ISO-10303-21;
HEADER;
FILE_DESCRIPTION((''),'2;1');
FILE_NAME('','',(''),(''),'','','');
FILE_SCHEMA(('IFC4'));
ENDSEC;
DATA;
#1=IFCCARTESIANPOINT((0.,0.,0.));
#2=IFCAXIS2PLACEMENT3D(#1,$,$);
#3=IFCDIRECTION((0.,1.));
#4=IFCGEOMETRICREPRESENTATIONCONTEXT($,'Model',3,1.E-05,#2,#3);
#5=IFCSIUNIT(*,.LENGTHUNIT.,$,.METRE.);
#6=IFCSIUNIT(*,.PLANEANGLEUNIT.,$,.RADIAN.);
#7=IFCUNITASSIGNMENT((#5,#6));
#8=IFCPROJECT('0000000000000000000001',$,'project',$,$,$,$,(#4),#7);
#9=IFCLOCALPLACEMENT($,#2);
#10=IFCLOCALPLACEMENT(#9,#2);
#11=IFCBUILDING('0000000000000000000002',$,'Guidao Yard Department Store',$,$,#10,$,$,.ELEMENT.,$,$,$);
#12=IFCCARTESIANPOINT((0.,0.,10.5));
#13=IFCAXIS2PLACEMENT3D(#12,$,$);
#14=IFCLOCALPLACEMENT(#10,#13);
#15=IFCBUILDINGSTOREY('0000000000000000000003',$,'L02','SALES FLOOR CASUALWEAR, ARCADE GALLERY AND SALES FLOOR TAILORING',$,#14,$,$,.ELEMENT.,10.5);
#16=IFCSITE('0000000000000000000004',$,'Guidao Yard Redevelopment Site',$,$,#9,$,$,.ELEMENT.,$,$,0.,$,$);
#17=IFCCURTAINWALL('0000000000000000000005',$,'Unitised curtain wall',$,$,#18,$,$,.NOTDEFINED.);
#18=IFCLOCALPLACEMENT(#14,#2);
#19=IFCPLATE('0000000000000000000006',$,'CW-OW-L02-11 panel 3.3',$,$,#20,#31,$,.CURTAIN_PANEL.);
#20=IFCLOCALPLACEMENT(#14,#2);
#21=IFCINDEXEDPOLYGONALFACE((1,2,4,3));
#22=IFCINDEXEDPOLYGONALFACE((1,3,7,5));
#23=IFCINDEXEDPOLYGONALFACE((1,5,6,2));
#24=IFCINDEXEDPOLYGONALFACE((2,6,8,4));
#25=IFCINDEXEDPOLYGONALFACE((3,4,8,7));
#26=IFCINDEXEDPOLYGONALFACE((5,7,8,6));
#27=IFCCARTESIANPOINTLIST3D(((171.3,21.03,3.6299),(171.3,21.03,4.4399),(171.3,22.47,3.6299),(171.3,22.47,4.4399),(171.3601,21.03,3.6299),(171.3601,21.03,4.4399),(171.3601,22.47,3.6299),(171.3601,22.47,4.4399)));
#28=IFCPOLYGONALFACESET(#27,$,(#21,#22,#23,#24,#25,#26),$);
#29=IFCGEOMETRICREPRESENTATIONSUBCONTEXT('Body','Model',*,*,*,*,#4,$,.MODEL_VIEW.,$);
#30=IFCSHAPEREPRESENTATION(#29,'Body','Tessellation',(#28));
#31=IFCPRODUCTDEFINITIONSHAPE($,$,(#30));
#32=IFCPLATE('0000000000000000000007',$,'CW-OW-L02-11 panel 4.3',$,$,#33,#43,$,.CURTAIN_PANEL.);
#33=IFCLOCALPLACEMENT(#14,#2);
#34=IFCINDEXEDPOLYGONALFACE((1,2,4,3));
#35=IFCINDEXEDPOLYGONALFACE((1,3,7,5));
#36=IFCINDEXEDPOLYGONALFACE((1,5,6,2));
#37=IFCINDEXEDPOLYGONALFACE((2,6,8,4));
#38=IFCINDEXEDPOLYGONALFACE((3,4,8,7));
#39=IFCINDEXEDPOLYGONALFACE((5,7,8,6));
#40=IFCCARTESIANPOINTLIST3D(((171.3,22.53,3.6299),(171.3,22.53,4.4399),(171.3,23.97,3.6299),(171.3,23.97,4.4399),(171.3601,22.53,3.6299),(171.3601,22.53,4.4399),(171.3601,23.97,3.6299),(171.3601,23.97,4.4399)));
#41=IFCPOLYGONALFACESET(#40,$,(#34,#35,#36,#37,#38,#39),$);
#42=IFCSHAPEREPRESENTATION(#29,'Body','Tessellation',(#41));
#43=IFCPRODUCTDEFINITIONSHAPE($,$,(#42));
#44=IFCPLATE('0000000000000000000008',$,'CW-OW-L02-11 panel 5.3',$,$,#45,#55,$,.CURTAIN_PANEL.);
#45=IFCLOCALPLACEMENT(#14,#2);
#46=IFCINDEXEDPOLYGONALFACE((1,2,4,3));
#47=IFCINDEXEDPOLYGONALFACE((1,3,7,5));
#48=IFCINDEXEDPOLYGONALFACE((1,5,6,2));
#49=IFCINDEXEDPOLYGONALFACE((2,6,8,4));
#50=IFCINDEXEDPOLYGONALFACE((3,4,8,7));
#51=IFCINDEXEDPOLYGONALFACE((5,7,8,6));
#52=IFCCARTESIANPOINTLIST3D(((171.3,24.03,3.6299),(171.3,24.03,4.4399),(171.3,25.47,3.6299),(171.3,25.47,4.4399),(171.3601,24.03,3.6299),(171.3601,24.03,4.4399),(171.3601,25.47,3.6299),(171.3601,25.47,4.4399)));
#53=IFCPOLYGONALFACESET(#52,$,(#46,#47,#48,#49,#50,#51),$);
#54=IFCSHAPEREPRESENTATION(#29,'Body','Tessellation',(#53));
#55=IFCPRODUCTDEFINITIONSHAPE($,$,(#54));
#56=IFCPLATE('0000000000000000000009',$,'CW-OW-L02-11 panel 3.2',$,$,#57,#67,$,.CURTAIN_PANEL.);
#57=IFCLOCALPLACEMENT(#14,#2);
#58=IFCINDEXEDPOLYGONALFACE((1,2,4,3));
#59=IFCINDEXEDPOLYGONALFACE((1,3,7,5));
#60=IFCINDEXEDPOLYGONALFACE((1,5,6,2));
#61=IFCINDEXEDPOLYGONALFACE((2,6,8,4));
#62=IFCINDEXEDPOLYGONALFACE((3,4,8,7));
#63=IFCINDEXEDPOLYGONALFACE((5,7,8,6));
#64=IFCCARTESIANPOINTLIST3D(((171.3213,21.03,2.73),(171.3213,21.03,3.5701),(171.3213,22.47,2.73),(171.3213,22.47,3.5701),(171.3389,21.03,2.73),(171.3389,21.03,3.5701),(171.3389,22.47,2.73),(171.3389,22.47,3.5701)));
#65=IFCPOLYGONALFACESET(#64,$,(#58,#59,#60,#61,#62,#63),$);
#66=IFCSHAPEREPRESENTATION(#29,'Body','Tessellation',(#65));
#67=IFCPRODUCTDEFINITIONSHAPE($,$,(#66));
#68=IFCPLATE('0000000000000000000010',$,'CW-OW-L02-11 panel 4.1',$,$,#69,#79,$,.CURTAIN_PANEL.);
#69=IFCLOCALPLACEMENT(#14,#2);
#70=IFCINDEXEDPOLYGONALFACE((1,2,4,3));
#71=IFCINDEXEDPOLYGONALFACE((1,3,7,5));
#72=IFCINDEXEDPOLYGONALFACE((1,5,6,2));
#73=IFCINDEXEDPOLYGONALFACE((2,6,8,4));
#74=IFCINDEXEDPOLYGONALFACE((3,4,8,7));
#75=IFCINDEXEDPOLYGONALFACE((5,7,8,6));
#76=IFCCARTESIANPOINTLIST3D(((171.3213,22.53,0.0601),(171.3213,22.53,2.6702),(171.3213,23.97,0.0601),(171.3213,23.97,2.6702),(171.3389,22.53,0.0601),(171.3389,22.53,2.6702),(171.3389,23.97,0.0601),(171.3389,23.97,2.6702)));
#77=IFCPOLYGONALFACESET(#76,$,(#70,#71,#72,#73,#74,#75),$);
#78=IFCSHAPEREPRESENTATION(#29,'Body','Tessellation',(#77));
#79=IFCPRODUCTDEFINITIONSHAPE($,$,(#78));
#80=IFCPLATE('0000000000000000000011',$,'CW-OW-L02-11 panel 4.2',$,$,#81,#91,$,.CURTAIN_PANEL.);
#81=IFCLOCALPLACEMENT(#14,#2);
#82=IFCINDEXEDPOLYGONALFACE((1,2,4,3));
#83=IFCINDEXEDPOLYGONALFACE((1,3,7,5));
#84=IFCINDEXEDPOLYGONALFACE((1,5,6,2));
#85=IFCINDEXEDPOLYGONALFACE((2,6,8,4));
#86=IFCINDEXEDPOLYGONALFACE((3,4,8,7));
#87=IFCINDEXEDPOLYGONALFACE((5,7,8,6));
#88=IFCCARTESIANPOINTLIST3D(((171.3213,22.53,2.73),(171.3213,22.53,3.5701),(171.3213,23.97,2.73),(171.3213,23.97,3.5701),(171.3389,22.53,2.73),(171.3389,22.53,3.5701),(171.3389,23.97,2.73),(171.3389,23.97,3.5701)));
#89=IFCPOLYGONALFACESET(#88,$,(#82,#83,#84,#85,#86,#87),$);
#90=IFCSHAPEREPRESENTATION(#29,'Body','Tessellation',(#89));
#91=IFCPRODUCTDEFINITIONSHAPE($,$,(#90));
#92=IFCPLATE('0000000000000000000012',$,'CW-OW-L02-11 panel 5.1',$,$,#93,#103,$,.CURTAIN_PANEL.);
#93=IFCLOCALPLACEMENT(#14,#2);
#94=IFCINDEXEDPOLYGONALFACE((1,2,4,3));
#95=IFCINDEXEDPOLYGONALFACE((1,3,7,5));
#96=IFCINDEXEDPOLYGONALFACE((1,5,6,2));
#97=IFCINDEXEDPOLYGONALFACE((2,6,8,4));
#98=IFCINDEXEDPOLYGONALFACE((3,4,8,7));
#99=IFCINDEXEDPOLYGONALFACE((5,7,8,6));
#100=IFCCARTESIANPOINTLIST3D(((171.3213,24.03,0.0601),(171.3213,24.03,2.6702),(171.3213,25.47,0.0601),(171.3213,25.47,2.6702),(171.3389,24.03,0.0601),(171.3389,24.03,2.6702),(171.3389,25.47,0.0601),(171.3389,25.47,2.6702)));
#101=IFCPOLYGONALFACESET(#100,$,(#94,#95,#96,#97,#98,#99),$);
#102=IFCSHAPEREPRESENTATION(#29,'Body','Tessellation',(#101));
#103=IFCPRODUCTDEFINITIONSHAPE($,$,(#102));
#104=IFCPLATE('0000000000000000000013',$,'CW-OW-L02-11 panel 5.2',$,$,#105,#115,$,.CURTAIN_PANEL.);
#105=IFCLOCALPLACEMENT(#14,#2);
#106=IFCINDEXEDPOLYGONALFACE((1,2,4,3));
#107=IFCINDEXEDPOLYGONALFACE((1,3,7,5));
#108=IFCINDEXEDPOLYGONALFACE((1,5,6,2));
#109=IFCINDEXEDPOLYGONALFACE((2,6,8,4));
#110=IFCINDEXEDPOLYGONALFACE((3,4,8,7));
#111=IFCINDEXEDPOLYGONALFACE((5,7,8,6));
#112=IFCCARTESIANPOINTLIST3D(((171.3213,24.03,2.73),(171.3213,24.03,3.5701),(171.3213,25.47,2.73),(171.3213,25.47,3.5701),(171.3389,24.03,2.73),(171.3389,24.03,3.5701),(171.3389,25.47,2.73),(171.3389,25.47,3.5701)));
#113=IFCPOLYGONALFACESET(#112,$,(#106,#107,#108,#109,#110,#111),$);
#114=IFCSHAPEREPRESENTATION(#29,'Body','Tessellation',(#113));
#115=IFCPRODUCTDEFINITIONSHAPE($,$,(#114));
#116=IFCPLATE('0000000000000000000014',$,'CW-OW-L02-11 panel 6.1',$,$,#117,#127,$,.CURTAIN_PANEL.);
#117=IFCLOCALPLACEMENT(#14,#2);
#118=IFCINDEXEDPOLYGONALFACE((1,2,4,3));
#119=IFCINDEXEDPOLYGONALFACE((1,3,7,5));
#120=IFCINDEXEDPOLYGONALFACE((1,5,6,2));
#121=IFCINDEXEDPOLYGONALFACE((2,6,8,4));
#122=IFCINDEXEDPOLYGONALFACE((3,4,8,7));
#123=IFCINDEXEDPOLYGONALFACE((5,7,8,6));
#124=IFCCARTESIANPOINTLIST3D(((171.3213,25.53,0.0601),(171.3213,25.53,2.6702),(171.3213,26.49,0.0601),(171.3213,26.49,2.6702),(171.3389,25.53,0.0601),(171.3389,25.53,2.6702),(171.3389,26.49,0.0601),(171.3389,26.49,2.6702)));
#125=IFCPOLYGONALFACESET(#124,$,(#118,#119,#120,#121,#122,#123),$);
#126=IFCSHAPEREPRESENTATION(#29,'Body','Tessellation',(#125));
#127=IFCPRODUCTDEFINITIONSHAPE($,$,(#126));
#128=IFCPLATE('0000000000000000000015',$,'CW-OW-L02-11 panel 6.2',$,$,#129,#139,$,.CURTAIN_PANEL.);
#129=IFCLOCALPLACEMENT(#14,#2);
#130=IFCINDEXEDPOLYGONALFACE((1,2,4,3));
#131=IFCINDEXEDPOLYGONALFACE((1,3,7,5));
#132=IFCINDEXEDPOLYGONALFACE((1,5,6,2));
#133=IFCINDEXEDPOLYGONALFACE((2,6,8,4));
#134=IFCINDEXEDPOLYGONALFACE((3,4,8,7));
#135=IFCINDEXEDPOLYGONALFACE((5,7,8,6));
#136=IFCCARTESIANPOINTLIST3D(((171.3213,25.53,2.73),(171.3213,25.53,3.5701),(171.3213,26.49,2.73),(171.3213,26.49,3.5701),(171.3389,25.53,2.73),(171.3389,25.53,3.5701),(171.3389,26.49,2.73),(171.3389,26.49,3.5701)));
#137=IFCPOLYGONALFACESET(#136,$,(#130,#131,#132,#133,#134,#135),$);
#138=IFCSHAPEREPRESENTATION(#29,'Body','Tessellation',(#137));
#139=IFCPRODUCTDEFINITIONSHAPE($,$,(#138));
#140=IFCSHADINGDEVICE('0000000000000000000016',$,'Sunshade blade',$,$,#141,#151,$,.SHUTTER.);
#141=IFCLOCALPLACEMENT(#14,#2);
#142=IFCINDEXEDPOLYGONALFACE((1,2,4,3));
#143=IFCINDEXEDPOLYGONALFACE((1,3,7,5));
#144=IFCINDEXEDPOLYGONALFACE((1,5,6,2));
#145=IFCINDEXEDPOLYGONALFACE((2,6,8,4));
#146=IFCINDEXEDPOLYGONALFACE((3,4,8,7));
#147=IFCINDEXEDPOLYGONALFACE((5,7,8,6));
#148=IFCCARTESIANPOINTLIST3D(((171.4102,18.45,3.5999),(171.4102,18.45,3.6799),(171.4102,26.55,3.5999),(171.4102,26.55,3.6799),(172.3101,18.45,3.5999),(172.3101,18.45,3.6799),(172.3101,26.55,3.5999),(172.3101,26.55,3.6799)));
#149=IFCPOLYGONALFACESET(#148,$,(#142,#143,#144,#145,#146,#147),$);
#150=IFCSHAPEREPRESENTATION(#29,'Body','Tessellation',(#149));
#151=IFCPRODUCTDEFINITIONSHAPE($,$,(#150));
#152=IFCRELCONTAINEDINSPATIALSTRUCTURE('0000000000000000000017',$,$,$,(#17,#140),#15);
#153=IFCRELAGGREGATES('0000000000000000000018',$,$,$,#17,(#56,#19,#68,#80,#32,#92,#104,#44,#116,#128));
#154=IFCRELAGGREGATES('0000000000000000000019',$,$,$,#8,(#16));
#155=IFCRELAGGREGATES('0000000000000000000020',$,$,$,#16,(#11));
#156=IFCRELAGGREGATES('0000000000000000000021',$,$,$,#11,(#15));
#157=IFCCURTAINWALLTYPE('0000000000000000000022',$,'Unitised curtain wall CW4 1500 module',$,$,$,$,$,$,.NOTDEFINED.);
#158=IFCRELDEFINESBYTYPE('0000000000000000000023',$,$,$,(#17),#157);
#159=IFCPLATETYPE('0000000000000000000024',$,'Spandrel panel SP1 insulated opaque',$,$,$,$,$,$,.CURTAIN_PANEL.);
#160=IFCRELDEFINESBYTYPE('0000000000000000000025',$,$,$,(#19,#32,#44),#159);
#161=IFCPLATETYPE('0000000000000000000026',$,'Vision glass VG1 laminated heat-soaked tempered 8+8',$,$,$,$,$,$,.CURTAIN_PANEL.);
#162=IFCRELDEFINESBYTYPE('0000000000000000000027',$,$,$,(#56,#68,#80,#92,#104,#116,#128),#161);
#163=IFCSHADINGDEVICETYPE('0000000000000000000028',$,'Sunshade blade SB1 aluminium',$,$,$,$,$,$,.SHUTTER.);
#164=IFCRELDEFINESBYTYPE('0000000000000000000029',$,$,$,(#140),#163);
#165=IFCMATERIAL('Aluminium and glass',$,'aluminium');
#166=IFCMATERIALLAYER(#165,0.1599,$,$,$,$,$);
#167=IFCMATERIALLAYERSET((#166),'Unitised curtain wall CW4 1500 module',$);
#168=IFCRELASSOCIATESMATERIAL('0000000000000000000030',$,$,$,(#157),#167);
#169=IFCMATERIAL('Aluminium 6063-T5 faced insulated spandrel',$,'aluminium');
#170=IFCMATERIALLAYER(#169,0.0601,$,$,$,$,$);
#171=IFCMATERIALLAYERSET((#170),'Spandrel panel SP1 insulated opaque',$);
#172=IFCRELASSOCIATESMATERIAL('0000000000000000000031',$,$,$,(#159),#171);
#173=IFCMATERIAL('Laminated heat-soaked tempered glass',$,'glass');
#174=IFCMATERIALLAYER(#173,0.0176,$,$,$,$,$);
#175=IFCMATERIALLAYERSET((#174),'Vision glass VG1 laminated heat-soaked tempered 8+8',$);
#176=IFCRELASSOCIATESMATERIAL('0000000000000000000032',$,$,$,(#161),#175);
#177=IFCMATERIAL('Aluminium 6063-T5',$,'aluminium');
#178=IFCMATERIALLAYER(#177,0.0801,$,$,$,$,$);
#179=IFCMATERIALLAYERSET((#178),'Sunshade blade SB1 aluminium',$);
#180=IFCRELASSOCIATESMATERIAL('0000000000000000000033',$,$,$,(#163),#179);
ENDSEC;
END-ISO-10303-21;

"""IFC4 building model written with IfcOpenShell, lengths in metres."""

from ifc_helpers import new_model, si_unit, direction, frame, origin, origin_2d, place, context, subcontext, project, spatial, rectangle, extrude, material, layer, layer_set, type_object, element, aggregate, save


model = new_model("IFC4")

# Units and contexts
model_context = context("Model", 3, precision=1e-05, world=origin(), true_north=direction((0.0, 1.0)))
body_context = subcontext(model_context, "Body", "Model", "MODEL_VIEW")
ifc_project = project(units=[si_unit("LENGTHUNIT", "METRE"), si_unit("PLANEANGLEUNIT", "RADIAN")], contexts=[model_context])

# Site, building, storey
site_placement = place(None, origin())
site = spatial("IfcSite", under=ifc_project, at=site_placement, Name="Guidao Yard Redevelopment Site", CompositionType="ELEMENT", RefElevation=0.0)
building_placement = place(site_placement, origin())
building = spatial("IfcBuilding", under=site, at=building_placement, Name="Guidao Yard Department Store", CompositionType="ELEMENT")
storey_placement = place(building_placement, frame((0.0, 0.0, 10.5)))
storey = spatial("IfcBuildingStorey", under=building, at=storey_placement, Name="L02", Description="SALES FLOOR CASUALWEAR, ARCADE GALLERY AND SALES FLOOR TAILORING", CompositionType="ELEMENT", Elevation=10.5)

# Curtain wall, plates
ifc_material_1 = material(Name="Aluminium and glass", Category="aluminium")
ifc_layer_1 = layer(ifc_material_1, 0.1599)
ifc_layer_set_1 = layer_set([ifc_layer_1], Name="Unitised curtain wall CW4 1500 module")
curtain_wall_type = type_object("IfcCurtainWallType", Name="Unitised curtain wall CW4 1500 module", PredefinedType="NOTDEFINED", material=ifc_layer_set_1)
curtain_wall_placement = place(storey_placement, origin())
curtain_wall = element("IfcCurtainWall", 1, at=curtain_wall_placement, inside=storey, type_object=curtain_wall_type, Name="Unitised curtain wall", PredefinedType="NOTDEFINED")
ifc_material_2 = material(Name="Aluminium 6063-T5 faced insulated spandrel", Category="aluminium")
ifc_layer_2 = layer(ifc_material_2, 0.0601)
ifc_layer_set_2 = layer_set([ifc_layer_2], Name="Spandrel panel SP1 insulated opaque")
plate_type_1 = type_object("IfcPlateType", Name="Spandrel panel SP1 insulated opaque", PredefinedType="CURTAIN_PANEL", material=ifc_layer_set_2)
plate_1_placement = place(storey_placement, frame((171.3301, 21.75, 3.6299), z_axis=(0.0, 0.0, 1.0), x_axis=(0.0, -1.0, 0.0)))
plate_1 = element("IfcPlate", 2, at=plate_1_placement, type_object=plate_type_1, Name="CW-OW-L02-11 panel 3.3", PredefinedType="CURTAIN_PANEL", context=body_context, shape_type="SweptSolid", body=[
    extrude(rectangle(XDim=1.4399, YDim=0.0601, at=origin_2d()), origin(), (0.0, 0.0, 1.0), 0.8101),
])
plate_2_placement = place(storey_placement, frame((171.3301, 23.25, 3.6299), z_axis=(0.0, 0.0, 1.0), x_axis=(0.0, -1.0, 0.0)))
plate_2 = element("IfcPlate", 3, at=plate_2_placement, type_object=plate_type_1, Name="CW-OW-L02-11 panel 4.3", PredefinedType="CURTAIN_PANEL", context=body_context, shape_type="SweptSolid", body=[
    extrude(rectangle(XDim=1.4399, YDim=0.0601, at=origin_2d()), origin(), (0.0, 0.0, 1.0), 0.8101),
])
plate_3_placement = place(storey_placement, frame((171.3301, 24.75, 3.6299), z_axis=(0.0, 0.0, 1.0), x_axis=(0.0, -1.0, 0.0)))
plate_3 = element("IfcPlate", 4, at=plate_3_placement, type_object=plate_type_1, Name="CW-OW-L02-11 panel 5.3", PredefinedType="CURTAIN_PANEL", context=body_context, shape_type="SweptSolid", body=[
    extrude(rectangle(XDim=1.4399, YDim=0.0601, at=origin_2d()), origin(), (0.0, 0.0, 1.0), 0.8101),
])
ifc_material_3 = material(Name="Laminated heat-soaked tempered glass", Category="glass")
ifc_layer_3 = layer(ifc_material_3, 0.0176)
ifc_layer_set_3 = layer_set([ifc_layer_3], Name="Vision glass VG1 laminated heat-soaked tempered 8+8")
plate_type_2 = type_object("IfcPlateType", Name="Vision glass VG1 laminated heat-soaked tempered 8+8", PredefinedType="CURTAIN_PANEL", material=ifc_layer_set_3)
plate_4_placement = place(storey_placement, frame((171.3301, 21.75, 2.73), z_axis=(0.0, 0.0, 1.0), x_axis=(0.0, -1.0, 0.0)))
plate_4 = element("IfcPlate", 5, at=plate_4_placement, type_object=plate_type_2, Name="CW-OW-L02-11 panel 3.2", PredefinedType="CURTAIN_PANEL", context=body_context, shape_type="SweptSolid", body=[
    extrude(rectangle(XDim=1.4399, YDim=0.0176, at=origin_2d()), origin(), (0.0, 0.0, 1.0), 0.8401),
])
plate_5_placement = place(storey_placement, frame((171.3301, 23.25, 0.0601), z_axis=(0.0, 0.0, 1.0), x_axis=(0.0, -1.0, 0.0)))
plate_5 = element("IfcPlate", 6, at=plate_5_placement, type_object=plate_type_2, Name="CW-OW-L02-11 panel 4.1", PredefinedType="CURTAIN_PANEL", context=body_context, shape_type="SweptSolid", body=[
    extrude(rectangle(XDim=1.4399, YDim=0.0176, at=origin_2d()), origin(), (0.0, 0.0, 1.0), 2.6101),
])
plate_6_placement = place(storey_placement, frame((171.3301, 23.25, 2.73), z_axis=(0.0, 0.0, 1.0), x_axis=(0.0, -1.0, 0.0)))
plate_6 = element("IfcPlate", 7, at=plate_6_placement, type_object=plate_type_2, Name="CW-OW-L02-11 panel 4.2", PredefinedType="CURTAIN_PANEL", context=body_context, shape_type="SweptSolid", body=[
    extrude(rectangle(XDim=1.4399, YDim=0.0176, at=origin_2d()), origin(), (0.0, 0.0, 1.0), 0.8401),
])
plate_7_placement = place(storey_placement, frame((171.3301, 24.75, 0.0601), z_axis=(0.0, 0.0, 1.0), x_axis=(0.0, -1.0, 0.0)))
plate_7 = element("IfcPlate", 8, at=plate_7_placement, type_object=plate_type_2, Name="CW-OW-L02-11 panel 5.1", PredefinedType="CURTAIN_PANEL", context=body_context, shape_type="SweptSolid", body=[
    extrude(rectangle(XDim=1.4399, YDim=0.0176, at=origin_2d()), origin(), (0.0, 0.0, 1.0), 2.6101),
])
plate_8_placement = place(storey_placement, frame((171.3301, 24.75, 2.73), z_axis=(0.0, 0.0, 1.0), x_axis=(0.0, -1.0, 0.0)))
plate_8 = element("IfcPlate", 9, at=plate_8_placement, type_object=plate_type_2, Name="CW-OW-L02-11 panel 5.2", PredefinedType="CURTAIN_PANEL", context=body_context, shape_type="SweptSolid", body=[
    extrude(rectangle(XDim=1.4399, YDim=0.0176, at=origin_2d()), origin(), (0.0, 0.0, 1.0), 0.8401),
])
plate_9_placement = place(storey_placement, frame((171.3301, 26.01, 0.0601), z_axis=(0.0, 0.0, 1.0), x_axis=(0.0, -1.0, 0.0)))
plate_9 = element("IfcPlate", 10, at=plate_9_placement, type_object=plate_type_2, Name="CW-OW-L02-11 panel 6.1", PredefinedType="CURTAIN_PANEL", context=body_context, shape_type="SweptSolid", body=[
    extrude(rectangle(XDim=0.96, YDim=0.0176, at=origin_2d()), origin(), (0.0, 0.0, 1.0), 2.6101),
])
plate_10_placement = place(storey_placement, frame((171.3301, 26.01, 2.73), z_axis=(0.0, 0.0, 1.0), x_axis=(0.0, -1.0, 0.0)))
plate_10 = element("IfcPlate", 11, at=plate_10_placement, type_object=plate_type_2, Name="CW-OW-L02-11 panel 6.2", PredefinedType="CURTAIN_PANEL", context=body_context, shape_type="SweptSolid", body=[
    extrude(rectangle(XDim=0.96, YDim=0.0176, at=origin_2d()), origin(), (0.0, 0.0, 1.0), 0.8401),
])
aggregate(curtain_wall, [plate_4, plate_1, plate_5, plate_6, plate_2, plate_7, plate_8, plate_3, plate_9, plate_10])

# Shading device
ifc_material_4 = material(Name="Aluminium 6063-T5", Category="aluminium")
ifc_layer_4 = layer(ifc_material_4, 0.0801)
ifc_layer_set_4 = layer_set([ifc_layer_4], Name="Sunshade blade SB1 aluminium")
shading_device_type = type_object("IfcShadingDeviceType", Name="Sunshade blade SB1 aluminium", PredefinedType="SHUTTER", material=ifc_layer_set_4)
shading_device_placement = place(storey_placement, frame((171.8601, 22.5, 3.5999), z_axis=(0.0, 0.0, 1.0), x_axis=(0.0, -1.0, 0.0)))
element("IfcShadingDevice", 12, at=shading_device_placement, inside=storey, type_object=shading_device_type, Name="Sunshade blade", PredefinedType="SHUTTER", context=body_context, shape_type="SweptSolid", body=[
    extrude(rectangle(XDim=8.1001, YDim=0.8999, at=origin_2d()), origin(), (0.0, 0.0, 1.0), 0.0801),
])

save(model, "model.ifc")
